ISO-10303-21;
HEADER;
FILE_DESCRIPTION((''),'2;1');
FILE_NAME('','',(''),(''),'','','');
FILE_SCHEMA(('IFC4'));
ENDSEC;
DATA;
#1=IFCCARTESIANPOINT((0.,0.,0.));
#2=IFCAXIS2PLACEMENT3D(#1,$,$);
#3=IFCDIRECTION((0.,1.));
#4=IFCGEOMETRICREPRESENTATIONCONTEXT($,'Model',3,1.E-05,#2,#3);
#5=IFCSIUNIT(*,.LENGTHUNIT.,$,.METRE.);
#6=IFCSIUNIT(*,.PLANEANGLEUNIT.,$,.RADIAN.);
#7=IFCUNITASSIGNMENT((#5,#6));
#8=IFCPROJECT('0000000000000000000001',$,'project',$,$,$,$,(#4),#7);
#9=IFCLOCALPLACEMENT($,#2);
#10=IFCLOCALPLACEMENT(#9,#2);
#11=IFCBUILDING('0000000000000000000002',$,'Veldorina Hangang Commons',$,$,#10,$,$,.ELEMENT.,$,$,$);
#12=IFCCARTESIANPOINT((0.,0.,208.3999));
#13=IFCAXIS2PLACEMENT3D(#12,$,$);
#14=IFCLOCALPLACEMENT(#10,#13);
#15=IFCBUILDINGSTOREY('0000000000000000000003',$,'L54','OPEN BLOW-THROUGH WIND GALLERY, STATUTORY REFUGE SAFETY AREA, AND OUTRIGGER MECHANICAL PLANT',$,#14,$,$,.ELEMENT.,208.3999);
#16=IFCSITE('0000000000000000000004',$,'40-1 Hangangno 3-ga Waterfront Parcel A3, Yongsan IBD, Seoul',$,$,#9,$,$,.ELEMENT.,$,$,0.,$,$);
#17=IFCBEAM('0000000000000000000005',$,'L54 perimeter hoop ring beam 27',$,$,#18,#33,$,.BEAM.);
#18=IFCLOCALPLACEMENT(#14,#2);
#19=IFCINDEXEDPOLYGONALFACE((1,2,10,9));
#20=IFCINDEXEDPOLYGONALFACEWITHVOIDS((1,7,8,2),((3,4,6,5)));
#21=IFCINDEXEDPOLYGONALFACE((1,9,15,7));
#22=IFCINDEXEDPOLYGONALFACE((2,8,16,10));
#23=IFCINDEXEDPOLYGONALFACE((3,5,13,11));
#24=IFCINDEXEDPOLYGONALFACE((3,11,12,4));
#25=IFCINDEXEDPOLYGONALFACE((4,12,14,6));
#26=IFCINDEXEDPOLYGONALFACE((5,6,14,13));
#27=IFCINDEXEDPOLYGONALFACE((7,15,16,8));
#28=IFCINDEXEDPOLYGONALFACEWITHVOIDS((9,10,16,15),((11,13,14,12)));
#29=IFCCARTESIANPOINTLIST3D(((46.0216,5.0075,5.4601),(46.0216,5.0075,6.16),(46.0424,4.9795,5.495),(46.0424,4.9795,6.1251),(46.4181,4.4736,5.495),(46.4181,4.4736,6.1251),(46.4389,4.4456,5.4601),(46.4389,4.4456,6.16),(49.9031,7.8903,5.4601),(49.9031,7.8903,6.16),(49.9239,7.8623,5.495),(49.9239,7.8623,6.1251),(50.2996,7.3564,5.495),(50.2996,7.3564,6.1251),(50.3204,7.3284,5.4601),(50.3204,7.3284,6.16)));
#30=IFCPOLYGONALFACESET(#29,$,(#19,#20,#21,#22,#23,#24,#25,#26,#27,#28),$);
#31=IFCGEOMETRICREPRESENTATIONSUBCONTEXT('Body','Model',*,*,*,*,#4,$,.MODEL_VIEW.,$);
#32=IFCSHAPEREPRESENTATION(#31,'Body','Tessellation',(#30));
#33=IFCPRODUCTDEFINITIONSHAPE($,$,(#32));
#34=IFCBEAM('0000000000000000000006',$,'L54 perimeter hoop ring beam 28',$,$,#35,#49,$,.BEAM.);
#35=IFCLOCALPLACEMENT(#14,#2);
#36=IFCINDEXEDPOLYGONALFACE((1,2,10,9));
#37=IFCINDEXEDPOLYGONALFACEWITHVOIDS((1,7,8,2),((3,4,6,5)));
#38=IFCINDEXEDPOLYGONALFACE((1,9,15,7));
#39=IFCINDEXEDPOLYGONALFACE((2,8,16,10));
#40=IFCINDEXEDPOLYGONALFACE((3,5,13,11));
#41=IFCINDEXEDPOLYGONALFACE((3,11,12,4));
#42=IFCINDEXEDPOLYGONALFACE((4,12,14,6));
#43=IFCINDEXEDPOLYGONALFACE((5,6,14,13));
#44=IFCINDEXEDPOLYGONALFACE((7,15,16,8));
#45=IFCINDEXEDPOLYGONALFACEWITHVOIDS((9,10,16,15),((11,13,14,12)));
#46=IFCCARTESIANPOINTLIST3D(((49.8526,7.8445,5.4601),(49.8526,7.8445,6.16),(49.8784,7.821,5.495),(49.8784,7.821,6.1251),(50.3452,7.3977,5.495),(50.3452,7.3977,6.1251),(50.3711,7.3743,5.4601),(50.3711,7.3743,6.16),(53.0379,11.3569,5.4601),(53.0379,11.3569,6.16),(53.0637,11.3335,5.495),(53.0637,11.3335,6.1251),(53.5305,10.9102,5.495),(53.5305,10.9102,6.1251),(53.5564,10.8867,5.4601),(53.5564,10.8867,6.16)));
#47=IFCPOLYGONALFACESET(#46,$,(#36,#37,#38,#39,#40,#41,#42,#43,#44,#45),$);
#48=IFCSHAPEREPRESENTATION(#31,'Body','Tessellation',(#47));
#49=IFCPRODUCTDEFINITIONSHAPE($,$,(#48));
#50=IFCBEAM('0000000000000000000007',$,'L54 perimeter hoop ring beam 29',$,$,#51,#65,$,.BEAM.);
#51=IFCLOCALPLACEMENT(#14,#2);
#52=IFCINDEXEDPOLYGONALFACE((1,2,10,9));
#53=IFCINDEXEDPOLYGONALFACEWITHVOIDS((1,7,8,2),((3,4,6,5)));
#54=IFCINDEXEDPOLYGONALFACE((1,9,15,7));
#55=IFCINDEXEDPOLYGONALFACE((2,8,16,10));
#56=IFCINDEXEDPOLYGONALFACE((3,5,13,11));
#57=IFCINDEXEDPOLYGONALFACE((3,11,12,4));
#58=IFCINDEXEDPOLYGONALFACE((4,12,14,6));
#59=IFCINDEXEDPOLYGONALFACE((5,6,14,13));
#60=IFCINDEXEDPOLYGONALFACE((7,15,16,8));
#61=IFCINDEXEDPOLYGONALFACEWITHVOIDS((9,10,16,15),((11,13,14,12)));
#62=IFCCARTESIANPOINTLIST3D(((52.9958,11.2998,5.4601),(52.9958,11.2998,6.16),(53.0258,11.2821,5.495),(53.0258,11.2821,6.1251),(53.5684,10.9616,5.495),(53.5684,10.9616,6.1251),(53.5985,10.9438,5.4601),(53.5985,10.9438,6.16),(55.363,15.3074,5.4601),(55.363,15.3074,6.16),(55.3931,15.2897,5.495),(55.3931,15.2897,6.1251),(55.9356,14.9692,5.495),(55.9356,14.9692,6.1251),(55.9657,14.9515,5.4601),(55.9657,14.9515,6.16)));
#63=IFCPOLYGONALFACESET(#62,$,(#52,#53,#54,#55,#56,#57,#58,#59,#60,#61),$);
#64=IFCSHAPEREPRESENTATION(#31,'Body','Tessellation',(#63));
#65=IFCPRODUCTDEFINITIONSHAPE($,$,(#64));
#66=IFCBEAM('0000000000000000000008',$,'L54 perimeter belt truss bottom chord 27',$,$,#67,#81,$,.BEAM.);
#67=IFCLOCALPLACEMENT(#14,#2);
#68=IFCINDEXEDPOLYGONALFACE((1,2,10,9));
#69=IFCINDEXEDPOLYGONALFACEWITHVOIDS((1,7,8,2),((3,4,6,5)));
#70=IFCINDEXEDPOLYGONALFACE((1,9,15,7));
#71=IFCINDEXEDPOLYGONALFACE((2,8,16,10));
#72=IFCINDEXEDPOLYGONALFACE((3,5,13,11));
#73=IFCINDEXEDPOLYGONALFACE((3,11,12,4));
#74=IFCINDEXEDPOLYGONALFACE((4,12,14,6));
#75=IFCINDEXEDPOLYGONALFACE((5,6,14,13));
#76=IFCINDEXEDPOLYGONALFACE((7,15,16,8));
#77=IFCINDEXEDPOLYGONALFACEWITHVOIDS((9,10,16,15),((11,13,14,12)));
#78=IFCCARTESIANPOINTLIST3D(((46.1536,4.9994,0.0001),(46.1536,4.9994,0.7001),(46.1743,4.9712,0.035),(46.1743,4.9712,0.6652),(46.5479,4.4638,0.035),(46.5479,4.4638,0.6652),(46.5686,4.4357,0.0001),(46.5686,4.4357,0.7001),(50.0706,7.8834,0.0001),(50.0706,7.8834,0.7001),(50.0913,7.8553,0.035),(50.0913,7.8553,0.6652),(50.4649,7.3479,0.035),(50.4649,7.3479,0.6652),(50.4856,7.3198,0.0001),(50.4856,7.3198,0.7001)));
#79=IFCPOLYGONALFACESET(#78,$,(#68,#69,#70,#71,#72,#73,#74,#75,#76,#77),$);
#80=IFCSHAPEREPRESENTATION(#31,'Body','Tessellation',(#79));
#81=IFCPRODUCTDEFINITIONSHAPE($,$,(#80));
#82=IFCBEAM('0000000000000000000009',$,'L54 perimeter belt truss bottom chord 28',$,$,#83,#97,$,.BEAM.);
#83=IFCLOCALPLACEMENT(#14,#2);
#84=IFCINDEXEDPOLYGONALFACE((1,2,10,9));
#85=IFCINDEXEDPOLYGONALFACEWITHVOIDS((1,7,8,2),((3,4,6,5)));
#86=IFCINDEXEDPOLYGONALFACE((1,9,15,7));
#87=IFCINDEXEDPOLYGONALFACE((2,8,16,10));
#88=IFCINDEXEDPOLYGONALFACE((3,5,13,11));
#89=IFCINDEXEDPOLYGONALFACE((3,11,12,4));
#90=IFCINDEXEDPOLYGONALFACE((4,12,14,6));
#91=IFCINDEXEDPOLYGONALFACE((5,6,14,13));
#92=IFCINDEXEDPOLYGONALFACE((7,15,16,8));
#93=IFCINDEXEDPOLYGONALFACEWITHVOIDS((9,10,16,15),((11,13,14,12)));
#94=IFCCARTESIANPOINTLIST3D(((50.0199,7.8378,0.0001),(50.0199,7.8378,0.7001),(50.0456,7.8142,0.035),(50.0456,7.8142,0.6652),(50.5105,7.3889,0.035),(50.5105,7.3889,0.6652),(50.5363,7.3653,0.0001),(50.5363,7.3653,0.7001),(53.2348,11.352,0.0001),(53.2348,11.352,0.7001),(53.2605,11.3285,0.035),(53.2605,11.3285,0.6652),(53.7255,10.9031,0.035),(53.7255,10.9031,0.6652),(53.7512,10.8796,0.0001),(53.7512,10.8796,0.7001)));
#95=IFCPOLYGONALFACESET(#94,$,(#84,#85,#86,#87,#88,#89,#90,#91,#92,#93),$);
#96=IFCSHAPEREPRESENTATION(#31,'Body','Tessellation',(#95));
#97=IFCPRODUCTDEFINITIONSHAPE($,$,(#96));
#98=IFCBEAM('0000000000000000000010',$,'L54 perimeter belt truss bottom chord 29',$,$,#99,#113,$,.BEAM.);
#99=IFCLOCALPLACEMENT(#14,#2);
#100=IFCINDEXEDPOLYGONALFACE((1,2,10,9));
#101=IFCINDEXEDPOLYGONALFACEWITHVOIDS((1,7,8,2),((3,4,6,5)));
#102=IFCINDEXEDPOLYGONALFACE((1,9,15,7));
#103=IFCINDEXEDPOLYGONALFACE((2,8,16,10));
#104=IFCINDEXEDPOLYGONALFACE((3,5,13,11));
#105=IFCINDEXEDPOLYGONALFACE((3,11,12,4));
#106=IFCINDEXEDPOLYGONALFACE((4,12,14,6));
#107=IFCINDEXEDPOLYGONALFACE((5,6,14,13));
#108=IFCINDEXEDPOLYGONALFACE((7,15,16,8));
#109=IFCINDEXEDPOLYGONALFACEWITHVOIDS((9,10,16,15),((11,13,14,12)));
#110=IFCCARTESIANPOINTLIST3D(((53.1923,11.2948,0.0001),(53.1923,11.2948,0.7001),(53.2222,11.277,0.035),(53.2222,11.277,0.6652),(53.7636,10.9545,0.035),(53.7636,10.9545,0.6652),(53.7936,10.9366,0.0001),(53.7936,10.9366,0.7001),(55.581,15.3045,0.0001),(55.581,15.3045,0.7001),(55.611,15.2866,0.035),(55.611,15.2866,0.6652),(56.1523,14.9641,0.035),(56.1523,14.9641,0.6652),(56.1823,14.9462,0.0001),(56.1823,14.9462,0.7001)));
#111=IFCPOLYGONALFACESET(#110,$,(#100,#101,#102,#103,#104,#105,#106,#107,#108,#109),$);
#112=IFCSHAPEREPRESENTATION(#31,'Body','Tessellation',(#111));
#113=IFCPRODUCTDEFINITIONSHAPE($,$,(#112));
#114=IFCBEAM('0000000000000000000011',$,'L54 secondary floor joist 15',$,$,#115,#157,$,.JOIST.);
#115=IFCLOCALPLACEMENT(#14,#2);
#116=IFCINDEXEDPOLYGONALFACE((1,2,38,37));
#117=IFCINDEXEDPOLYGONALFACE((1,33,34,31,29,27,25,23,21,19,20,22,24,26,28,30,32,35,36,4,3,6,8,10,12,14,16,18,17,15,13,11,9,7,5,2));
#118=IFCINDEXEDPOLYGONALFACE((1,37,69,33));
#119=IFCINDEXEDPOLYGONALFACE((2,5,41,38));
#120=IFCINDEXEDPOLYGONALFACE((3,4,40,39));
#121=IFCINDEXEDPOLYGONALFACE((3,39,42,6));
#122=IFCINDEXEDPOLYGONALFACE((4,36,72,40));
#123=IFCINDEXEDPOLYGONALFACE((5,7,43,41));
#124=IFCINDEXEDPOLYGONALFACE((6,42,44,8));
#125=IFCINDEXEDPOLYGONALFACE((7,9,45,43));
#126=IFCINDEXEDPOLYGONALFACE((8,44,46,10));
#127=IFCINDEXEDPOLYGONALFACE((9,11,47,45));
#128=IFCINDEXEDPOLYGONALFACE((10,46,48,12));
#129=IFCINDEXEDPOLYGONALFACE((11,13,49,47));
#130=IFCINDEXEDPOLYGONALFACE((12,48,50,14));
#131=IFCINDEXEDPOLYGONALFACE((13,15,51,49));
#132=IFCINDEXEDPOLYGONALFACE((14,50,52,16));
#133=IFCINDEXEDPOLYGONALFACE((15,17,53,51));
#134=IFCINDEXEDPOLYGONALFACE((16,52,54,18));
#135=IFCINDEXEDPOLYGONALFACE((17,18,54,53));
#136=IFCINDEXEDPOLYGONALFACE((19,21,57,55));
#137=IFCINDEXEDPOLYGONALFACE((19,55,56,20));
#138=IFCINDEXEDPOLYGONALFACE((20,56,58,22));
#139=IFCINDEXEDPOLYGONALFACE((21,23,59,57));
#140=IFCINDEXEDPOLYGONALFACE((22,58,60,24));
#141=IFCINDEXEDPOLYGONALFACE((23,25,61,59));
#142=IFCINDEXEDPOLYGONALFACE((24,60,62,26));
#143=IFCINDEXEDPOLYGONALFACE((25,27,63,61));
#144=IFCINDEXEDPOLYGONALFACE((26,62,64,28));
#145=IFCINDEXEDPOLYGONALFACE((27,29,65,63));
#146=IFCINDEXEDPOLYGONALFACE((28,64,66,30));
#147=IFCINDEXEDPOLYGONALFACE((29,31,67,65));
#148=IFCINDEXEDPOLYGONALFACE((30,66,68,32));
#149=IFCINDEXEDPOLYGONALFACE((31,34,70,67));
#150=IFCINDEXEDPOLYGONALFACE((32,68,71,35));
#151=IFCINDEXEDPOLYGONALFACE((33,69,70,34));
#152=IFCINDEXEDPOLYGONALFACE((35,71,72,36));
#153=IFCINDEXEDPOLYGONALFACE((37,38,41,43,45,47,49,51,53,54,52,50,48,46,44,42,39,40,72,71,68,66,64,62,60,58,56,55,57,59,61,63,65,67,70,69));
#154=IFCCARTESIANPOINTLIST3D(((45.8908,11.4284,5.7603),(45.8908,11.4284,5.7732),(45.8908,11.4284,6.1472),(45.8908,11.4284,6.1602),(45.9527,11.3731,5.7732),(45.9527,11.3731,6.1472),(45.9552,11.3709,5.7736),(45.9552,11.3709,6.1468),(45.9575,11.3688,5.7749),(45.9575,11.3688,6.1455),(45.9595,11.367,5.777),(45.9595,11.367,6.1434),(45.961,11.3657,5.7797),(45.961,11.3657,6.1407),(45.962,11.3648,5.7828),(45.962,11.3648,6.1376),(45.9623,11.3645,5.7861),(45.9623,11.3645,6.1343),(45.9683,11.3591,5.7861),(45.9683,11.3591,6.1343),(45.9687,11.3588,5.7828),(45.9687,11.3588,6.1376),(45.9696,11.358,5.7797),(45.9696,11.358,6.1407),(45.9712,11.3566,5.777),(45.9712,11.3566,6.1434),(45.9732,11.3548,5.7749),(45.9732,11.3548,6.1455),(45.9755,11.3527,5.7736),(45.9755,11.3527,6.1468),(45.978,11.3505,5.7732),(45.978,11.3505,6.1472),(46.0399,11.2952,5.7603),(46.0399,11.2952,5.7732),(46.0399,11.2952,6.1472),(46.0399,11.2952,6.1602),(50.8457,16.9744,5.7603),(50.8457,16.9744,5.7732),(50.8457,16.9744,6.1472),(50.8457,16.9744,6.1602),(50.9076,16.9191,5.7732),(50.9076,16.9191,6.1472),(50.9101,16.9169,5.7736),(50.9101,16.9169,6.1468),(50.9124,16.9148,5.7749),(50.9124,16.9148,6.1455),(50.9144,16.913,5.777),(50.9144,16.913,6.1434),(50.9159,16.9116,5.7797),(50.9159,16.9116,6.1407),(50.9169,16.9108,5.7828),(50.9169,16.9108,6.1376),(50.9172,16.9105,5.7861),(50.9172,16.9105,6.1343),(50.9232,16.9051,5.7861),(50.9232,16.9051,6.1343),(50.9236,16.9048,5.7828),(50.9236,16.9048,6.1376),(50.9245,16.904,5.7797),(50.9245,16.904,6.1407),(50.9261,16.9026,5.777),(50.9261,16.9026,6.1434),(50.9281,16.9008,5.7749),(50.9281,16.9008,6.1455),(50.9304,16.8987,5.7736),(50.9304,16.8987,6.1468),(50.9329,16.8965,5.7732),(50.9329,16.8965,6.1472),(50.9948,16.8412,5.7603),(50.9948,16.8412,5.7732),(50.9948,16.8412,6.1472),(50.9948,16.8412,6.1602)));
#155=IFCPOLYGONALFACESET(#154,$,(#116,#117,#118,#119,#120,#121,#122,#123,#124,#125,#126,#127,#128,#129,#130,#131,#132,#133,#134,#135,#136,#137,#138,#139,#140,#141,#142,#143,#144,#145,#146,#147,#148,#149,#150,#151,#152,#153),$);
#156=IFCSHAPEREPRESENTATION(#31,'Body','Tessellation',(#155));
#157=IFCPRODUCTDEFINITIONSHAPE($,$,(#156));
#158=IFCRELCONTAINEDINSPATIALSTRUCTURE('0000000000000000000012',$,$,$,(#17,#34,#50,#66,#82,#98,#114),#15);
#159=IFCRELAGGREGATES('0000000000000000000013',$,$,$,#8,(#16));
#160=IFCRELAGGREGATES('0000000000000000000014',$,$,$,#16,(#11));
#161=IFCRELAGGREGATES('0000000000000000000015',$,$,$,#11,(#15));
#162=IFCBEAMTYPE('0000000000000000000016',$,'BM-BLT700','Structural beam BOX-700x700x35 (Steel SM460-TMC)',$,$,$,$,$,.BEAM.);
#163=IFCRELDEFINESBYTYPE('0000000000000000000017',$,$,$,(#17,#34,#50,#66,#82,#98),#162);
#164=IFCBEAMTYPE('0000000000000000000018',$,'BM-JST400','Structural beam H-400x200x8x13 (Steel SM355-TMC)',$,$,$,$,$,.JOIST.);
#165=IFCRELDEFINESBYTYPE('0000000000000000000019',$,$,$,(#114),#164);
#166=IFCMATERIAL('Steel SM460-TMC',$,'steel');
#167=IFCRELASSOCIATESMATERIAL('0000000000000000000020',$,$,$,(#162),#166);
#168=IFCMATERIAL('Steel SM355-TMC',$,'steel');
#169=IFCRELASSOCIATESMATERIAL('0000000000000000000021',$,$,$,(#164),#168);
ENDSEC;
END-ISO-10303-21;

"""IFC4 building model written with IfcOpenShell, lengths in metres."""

from ifc_helpers import new_model, si_unit, direction, frame, origin, origin_2d, place, context, subcontext, project, spatial, hollow_rectangle, i_section, extrude, material, material_profile, profile_set, type_object, element, save


model = new_model("IFC4")

# Units and contexts
model_context = context("Model", 3, precision=1e-05, world=origin(), true_north=direction((0.0, 1.0)))
body_context = subcontext(model_context, "Body", "Model", "MODEL_VIEW")
ifc_project = project(units=[si_unit("LENGTHUNIT", "METRE"), si_unit("PLANEANGLEUNIT", "RADIAN")], contexts=[model_context])

# Site, building, storey
site_placement = place(None, origin())
site = spatial("IfcSite", under=ifc_project, at=site_placement, Name="40-1 Hangangno 3-ga Waterfront Parcel A3, Yongsan IBD, Seoul", CompositionType="ELEMENT", RefElevation=0.0)
building_placement = place(site_placement, origin())
building = spatial("IfcBuilding", under=site, at=building_placement, Name="Veldorina Hangang Commons", CompositionType="ELEMENT")
storey_placement = place(building_placement, frame((0.0, 0.0, 208.3999)))
storey = spatial("IfcBuildingStorey", under=building, at=storey_placement, Name="L54", Description="OPEN BLOW-THROUGH WIND GALLERY, STATUTORY REFUGE SAFETY AREA, AND OUTRIGGER MECHANICAL PLANT", CompositionType="ELEMENT", Elevation=208.3999)

# Beams
ifc_material_1 = material(Name="Steel SM460-TMC", Category="steel")
ifc_material_profile_1 = material_profile(ifc_material_1, hollow_rectangle(XDim=0.7, YDim=0.7, WallThickness=0.0349, at=origin_2d()), Name="BOX-700x700x35")
ifc_profile_set_1 = profile_set([ifc_material_profile_1], Name="Steel SM460-TMC")
beam_type_1 = type_object("IfcBeamType", Name="BM-BLT700", Description="Structural beam BOX-700x700x35 (Steel SM460-TMC)", PredefinedType="BEAM", material=ifc_profile_set_1)
beam_1_placement = place(storey_placement, frame((46.2302, 4.7266, 5.8101), z_axis=(0.802809, 0.596237, 0.0), x_axis=(-0.596237, 0.802809, 0.0)))
element("IfcBeam", 1, at=beam_1_placement, inside=storey, type_object=beam_type_1, Name="L54 perimeter hoop ring beam 27", PredefinedType="BEAM", context=body_context, shape_type="SweptSolid", body=[
    extrude(hollow_rectangle(XDim=0.7, YDim=0.7, WallThickness=0.0349, at=origin_2d()), origin(), (0.0, 0.0, 1.0), 4.835),
])
beam_2_placement = place(storey_placement, frame((50.1118, 7.6094, 5.8101), z_axis=(0.671768, 0.740762, 0.0), x_axis=(-0.740762, 0.671768, 0.0)))
element("IfcBeam", 2, at=beam_2_placement, inside=storey, type_object=beam_type_1, Name="L54 perimeter hoop ring beam 28", PredefinedType="BEAM", context=body_context, shape_type="SweptSolid", body=[
    extrude(hollow_rectangle(XDim=0.7, YDim=0.7, WallThickness=0.0349, at=origin_2d()), origin(), (0.0, 0.0, 1.0), 4.7417),
])
beam_3_placement = place(storey_placement, frame((53.2971, 11.1218, 5.8101), z_axis=(0.508583, 0.861013, 0.0), x_axis=(-0.861013, 0.508583, 0.0)))
element("IfcBeam", 3, at=beam_3_placement, inside=storey, type_object=beam_type_1, Name="L54 perimeter hoop ring beam 29", PredefinedType="BEAM", context=body_context, shape_type="SweptSolid", body=[
    extrude(hollow_rectangle(XDim=0.7, YDim=0.7, WallThickness=0.0349, at=origin_2d()), origin(), (0.0, 0.0, 1.0), 4.6545),
])
beam_4_placement = place(storey_placement, frame((46.3611, 4.7175, 0.3501), z_axis=(0.805269, 0.59291, 0.0), x_axis=(-0.59291, 0.805269, 0.0)))
element("IfcBeam", 4, at=beam_4_placement, inside=storey, type_object=beam_type_1, Name="L54 perimeter belt truss bottom chord 27", PredefinedType="BEAM", context=body_context, shape_type="SweptSolid", body=[
    extrude(hollow_rectangle(XDim=0.7, YDim=0.7, WallThickness=0.0349, at=origin_2d()), origin(), (0.0, 0.0, 1.0), 4.8643),
])
beam_5_placement = place(storey_placement, frame((50.2781, 7.6016, 0.3501), z_axis=(0.674986, 0.73783, 0.0), x_axis=(-0.73783, 0.674986, 0.0)))
element("IfcBeam", 5, at=beam_5_placement, inside=storey, type_object=beam_type_1, Name="L54 perimeter belt truss bottom chord 28", PredefinedType="BEAM", context=body_context, shape_type="SweptSolid", body=[
    extrude(hollow_rectangle(XDim=0.7, YDim=0.7, WallThickness=0.0349, at=origin_2d()), origin(), (0.0, 0.0, 1.0), 4.7629),
])
beam_6_placement = place(storey_placement, frame((53.4929, 11.1157, 0.3501), z_axis=(0.511808, 0.8591, 0.0), x_axis=(-0.8591, 0.511808, 0.0)))
element("IfcBeam", 6, at=beam_6_placement, inside=storey, type_object=beam_type_1, Name="L54 perimeter belt truss bottom chord 29", PredefinedType="BEAM", context=body_context, shape_type="SweptSolid", body=[
    extrude(hollow_rectangle(XDim=0.7, YDim=0.7, WallThickness=0.0349, at=origin_2d()), origin(), (0.0, 0.0, 1.0), 4.6672),
])
ifc_material_2 = material(Name="Steel SM355-TMC", Category="steel")
ifc_material_profile_2 = material_profile(ifc_material_2, i_section(OverallWidth=0.2, OverallDepth=0.3999, WebThickness=0.0081, FlangeThickness=0.0129, FilletRadius=0.0129, at=origin_2d()), Name="H-400x200x8x13")
ifc_profile_set_2 = profile_set([ifc_material_profile_2], Name="Steel SM355-TMC")
beam_type_2 = type_object("IfcBeamType", Name="BM-JST400", Description="Structural beam H-400x200x8x13 (Steel SM355-TMC)", PredefinedType="JOIST", material=ifc_profile_set_2)
beam_7_placement = place(storey_placement, frame((45.9653, 11.3618, 5.9602), z_axis=(0.666251, 0.745728, 0.0), x_axis=(-0.745728, 0.666251, 0.0)))
element("IfcBeam", 7, at=beam_7_placement, inside=storey, type_object=beam_type_2, Name="L54 secondary floor joist 15", PredefinedType="JOIST", context=body_context, shape_type="SweptSolid", body=[
    extrude(i_section(OverallWidth=0.2, OverallDepth=0.3999, WebThickness=0.0081, FlangeThickness=0.0129, FilletRadius=0.0129, at=origin_2d()), origin(), (0.0, 0.0, 1.0), 7.437),
])

save(model, "model.ifc")
